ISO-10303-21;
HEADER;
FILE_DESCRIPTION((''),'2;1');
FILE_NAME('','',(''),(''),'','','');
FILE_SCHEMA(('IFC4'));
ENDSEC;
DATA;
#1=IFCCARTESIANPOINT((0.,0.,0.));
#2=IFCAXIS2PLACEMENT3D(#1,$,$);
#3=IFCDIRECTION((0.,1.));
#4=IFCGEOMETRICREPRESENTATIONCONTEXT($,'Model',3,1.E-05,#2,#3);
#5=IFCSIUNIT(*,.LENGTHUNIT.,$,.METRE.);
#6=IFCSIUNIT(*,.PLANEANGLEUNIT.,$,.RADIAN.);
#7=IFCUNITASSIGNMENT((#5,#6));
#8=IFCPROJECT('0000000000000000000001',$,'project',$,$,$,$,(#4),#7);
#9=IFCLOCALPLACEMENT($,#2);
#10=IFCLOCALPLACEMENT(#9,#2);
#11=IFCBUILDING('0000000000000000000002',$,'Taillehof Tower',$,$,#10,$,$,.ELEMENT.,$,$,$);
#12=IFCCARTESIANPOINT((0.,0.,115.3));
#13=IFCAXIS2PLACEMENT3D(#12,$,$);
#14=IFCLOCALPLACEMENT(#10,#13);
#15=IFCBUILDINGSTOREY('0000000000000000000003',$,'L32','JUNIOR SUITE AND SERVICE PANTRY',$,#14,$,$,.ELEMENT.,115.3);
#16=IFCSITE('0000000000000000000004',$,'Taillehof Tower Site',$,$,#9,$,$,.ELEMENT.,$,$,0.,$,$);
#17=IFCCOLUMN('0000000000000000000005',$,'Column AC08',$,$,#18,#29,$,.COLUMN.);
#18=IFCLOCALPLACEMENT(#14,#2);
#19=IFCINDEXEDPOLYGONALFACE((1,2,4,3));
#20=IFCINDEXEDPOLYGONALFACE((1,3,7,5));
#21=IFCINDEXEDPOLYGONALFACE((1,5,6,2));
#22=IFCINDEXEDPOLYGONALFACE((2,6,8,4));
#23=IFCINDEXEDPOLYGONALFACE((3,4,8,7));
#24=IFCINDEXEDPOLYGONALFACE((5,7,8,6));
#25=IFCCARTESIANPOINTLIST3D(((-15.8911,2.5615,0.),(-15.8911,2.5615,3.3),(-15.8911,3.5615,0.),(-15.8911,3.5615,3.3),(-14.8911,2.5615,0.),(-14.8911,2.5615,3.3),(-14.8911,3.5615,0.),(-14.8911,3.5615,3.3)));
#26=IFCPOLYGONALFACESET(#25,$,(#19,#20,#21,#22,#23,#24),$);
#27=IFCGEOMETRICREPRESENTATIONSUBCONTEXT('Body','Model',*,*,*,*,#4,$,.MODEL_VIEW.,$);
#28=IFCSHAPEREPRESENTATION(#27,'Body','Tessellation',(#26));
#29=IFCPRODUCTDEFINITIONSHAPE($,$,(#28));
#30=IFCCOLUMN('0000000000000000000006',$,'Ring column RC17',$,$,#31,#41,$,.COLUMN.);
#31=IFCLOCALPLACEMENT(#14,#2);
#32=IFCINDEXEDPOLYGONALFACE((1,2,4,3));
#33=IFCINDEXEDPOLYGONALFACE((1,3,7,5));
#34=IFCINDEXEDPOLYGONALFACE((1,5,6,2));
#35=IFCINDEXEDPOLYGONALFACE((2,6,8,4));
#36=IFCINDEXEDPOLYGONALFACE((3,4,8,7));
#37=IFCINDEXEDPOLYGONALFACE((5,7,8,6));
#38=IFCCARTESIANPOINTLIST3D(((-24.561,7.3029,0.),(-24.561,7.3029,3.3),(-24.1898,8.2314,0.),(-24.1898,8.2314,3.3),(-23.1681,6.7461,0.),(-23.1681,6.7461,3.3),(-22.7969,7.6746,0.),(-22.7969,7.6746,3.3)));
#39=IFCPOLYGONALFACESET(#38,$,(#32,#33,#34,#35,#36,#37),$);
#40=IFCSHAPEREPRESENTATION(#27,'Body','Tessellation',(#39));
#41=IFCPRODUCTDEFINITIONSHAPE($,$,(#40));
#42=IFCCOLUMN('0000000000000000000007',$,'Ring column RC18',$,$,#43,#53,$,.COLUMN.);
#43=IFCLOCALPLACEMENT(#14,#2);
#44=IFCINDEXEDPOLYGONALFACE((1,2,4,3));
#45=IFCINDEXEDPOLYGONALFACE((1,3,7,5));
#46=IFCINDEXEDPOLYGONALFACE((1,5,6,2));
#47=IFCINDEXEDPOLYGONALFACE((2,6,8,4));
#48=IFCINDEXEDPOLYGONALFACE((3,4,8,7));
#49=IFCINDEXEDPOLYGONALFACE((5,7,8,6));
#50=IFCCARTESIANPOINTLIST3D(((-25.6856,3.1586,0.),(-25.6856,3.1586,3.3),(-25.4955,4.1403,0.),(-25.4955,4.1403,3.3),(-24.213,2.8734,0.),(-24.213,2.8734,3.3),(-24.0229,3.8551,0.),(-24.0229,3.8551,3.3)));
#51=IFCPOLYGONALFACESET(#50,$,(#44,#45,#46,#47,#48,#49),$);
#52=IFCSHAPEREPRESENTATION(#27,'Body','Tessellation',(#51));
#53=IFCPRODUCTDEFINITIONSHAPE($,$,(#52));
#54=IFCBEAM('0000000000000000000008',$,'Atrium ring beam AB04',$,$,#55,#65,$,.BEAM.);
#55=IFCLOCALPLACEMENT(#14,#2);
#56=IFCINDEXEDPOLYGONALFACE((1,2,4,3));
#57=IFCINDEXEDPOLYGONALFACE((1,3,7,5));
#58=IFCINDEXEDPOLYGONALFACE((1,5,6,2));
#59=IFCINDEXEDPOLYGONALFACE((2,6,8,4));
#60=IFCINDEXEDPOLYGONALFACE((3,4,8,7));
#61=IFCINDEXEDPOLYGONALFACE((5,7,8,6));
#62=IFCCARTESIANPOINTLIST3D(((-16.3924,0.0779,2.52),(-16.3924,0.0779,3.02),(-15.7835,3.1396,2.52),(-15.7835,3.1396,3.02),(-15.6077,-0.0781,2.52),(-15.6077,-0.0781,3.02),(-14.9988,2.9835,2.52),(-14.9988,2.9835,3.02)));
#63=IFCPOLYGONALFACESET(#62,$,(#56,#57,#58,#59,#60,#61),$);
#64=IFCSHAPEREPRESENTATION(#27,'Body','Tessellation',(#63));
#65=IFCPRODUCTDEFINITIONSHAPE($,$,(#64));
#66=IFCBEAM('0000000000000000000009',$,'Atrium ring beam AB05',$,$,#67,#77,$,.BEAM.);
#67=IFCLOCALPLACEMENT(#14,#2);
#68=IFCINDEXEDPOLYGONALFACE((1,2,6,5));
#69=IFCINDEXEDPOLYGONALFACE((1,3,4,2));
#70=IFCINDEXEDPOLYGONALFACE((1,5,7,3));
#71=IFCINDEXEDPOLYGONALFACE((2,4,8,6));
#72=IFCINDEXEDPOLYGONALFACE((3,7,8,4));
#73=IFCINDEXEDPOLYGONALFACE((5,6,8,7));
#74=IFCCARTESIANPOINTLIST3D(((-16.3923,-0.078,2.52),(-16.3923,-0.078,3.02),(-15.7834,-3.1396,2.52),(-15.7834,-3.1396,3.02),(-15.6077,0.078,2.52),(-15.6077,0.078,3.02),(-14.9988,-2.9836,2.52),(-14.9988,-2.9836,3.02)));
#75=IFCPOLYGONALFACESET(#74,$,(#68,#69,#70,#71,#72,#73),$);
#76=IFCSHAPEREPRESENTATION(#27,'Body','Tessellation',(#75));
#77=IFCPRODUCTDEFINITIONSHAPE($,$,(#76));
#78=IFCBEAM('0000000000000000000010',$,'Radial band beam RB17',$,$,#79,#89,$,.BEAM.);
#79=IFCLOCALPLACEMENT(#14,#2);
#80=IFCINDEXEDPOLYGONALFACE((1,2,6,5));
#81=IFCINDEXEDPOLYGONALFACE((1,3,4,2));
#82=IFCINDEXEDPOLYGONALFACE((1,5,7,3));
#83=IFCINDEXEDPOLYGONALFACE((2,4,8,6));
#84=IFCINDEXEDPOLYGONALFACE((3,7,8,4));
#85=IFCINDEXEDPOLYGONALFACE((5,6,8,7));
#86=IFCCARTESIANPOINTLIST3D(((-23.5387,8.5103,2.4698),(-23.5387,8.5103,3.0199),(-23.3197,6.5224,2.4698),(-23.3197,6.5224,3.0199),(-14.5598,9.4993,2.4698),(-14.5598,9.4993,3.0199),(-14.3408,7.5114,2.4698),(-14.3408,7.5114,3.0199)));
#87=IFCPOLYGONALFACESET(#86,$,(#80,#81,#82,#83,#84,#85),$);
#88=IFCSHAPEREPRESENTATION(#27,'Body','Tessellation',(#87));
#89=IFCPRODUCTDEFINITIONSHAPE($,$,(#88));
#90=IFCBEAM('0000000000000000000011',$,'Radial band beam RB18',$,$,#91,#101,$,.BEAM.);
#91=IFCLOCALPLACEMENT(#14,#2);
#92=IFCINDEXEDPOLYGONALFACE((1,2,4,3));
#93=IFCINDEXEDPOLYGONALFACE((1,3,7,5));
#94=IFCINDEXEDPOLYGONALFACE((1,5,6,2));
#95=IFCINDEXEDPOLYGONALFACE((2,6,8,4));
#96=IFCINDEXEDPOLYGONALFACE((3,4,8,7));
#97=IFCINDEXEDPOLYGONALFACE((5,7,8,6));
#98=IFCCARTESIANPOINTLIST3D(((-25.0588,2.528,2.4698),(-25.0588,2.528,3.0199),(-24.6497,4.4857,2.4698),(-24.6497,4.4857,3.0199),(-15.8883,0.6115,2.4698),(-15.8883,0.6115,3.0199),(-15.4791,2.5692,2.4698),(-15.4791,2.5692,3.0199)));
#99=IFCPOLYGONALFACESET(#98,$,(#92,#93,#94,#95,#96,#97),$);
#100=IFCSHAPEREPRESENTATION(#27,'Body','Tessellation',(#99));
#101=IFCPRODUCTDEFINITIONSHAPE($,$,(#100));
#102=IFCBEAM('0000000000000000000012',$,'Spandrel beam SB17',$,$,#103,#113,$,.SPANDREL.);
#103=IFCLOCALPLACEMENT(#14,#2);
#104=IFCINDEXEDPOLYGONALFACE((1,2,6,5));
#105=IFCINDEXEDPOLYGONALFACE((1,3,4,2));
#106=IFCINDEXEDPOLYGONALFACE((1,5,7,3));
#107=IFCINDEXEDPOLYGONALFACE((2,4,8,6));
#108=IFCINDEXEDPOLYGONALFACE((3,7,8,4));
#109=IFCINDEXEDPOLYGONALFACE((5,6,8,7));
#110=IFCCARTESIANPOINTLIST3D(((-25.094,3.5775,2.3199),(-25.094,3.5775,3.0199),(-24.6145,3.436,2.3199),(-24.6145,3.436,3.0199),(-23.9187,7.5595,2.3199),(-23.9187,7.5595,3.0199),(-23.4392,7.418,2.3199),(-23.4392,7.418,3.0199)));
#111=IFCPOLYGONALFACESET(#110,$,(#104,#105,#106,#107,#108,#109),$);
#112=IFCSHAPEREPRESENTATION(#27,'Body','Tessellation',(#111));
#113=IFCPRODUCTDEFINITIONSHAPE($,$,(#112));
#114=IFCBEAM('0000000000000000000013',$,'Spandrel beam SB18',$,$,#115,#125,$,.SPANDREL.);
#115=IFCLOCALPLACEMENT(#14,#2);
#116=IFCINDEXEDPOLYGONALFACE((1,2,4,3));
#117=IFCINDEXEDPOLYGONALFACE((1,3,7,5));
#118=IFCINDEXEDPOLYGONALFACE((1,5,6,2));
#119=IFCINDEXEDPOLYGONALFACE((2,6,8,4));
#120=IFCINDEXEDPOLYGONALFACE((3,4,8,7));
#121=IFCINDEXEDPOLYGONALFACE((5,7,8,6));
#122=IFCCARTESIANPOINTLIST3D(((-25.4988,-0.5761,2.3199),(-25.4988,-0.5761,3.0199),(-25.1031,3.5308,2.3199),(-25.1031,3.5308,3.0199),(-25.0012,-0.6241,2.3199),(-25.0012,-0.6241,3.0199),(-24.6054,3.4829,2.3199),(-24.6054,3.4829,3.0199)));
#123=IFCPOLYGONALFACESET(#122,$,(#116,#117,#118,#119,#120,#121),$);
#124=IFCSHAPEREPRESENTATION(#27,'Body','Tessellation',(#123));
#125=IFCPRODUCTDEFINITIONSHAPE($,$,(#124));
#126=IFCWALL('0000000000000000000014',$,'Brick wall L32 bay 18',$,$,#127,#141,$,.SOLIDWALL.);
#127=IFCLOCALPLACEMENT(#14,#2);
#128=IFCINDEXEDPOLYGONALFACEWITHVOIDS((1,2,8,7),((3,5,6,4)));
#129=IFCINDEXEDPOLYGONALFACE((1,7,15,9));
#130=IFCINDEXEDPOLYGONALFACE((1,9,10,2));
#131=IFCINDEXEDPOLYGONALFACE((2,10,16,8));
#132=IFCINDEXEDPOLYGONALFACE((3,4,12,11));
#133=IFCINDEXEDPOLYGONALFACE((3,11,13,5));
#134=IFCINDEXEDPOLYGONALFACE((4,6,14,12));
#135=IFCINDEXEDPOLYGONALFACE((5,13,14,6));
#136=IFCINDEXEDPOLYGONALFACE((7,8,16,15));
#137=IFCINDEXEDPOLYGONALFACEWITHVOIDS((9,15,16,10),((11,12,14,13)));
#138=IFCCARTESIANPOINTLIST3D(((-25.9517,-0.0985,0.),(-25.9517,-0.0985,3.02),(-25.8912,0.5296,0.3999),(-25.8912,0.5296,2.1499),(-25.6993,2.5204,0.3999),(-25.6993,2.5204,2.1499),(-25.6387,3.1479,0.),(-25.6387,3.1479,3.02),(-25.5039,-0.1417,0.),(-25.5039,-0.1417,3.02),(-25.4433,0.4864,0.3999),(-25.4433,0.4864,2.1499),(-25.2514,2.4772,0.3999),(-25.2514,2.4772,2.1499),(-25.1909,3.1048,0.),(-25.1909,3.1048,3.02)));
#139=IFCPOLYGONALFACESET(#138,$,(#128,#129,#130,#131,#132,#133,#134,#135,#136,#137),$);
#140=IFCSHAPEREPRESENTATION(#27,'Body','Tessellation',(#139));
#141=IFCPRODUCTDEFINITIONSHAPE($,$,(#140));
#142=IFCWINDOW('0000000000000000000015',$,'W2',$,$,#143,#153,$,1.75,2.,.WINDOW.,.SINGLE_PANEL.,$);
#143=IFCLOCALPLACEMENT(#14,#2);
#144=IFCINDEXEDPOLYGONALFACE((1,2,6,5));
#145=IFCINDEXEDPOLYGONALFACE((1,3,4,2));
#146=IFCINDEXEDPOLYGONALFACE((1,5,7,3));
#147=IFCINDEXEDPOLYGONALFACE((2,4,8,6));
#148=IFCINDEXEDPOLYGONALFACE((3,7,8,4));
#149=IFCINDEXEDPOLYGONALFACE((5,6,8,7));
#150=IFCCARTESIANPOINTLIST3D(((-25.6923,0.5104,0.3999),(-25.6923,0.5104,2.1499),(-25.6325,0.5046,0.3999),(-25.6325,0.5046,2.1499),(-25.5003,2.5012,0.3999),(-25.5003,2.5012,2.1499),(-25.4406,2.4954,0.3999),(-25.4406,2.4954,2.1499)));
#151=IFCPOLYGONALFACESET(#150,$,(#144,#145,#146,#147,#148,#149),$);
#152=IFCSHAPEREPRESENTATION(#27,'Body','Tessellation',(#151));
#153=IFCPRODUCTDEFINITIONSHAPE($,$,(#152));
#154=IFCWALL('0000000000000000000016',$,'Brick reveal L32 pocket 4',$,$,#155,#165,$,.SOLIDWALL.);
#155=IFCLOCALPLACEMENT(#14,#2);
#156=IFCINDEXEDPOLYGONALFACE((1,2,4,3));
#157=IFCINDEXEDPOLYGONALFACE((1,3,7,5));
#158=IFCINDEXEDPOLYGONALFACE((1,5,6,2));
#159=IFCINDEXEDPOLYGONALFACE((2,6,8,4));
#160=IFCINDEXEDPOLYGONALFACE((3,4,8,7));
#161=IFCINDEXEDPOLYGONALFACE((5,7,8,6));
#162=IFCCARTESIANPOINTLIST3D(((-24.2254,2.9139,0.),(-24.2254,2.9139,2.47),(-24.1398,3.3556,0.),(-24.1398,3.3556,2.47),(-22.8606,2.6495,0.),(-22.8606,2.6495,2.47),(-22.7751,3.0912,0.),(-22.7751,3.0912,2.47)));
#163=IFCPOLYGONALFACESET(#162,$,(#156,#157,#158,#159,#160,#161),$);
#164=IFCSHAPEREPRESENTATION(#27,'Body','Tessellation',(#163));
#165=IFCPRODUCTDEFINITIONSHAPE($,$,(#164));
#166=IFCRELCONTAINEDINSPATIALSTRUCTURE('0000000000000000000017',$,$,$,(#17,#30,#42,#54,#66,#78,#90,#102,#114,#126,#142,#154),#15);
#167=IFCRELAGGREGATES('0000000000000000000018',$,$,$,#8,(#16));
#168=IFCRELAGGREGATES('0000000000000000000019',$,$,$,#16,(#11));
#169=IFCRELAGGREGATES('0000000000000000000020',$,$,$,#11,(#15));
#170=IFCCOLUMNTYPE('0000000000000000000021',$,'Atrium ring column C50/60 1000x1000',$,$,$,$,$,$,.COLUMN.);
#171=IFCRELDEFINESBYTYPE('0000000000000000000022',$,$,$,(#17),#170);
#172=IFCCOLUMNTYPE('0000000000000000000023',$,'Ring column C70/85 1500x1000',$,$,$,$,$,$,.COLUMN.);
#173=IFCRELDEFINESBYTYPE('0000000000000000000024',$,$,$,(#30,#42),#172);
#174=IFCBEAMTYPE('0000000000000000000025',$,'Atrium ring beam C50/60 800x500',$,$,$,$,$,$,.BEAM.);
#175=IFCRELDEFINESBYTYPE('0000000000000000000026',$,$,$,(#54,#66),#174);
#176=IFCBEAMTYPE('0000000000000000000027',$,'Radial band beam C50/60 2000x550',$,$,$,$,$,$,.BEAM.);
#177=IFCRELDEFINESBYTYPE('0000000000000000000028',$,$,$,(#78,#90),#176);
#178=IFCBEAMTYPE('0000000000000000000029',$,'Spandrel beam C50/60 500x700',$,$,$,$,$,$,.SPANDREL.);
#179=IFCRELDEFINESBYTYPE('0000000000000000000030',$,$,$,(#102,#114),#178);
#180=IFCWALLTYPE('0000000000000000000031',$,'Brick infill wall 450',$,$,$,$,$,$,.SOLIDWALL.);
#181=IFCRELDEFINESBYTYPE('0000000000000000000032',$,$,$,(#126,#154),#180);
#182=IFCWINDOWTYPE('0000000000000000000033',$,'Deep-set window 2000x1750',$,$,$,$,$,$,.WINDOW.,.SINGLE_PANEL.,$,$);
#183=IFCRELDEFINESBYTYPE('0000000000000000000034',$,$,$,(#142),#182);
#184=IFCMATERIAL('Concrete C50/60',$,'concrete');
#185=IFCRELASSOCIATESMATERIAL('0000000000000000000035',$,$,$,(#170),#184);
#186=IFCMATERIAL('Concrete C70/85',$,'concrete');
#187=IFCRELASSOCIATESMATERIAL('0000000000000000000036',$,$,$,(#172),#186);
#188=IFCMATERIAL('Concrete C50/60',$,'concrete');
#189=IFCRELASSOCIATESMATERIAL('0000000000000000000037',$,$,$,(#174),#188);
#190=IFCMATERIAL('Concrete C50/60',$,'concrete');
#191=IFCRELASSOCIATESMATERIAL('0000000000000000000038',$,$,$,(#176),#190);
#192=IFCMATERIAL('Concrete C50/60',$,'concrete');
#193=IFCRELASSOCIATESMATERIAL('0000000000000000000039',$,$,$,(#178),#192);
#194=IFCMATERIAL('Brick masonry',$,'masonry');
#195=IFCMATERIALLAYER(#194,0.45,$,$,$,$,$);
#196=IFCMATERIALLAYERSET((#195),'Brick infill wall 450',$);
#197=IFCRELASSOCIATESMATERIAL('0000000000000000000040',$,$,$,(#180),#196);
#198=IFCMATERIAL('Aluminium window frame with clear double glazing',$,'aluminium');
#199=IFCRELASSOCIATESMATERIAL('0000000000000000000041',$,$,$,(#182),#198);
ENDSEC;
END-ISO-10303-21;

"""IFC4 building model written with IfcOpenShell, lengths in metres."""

from ifc_helpers import new_model, si_unit, direction, frame, frame_2d, origin, origin_2d, place, context, subcontext, project, spatial, rectangle, extrude, material, layer, layer_set, material_profile, profile_set, type_object, element, fill, save


model = new_model("IFC4")

# Units and contexts
model_context = context("Model", 3, precision=1e-05, world=origin(), true_north=direction((0.0, 1.0)))
body_context = subcontext(model_context, "Body", "Model", "MODEL_VIEW")
ifc_project = project(units=[si_unit("LENGTHUNIT", "METRE"), si_unit("PLANEANGLEUNIT", "RADIAN")], contexts=[model_context])

# Site, building, storey
site_placement = place(None, origin())
site = spatial("IfcSite", under=ifc_project, at=site_placement, Name="Taillehof Tower Site", CompositionType="ELEMENT", RefElevation=0.0)
building_placement = place(site_placement, origin())
building = spatial("IfcBuilding", under=site, at=building_placement, Name="Taillehof Tower", CompositionType="ELEMENT")
storey_placement = place(building_placement, frame((0.0, 0.0, 115.3)))
storey = spatial("IfcBuildingStorey", under=building, at=storey_placement, Name="L32", Description="JUNIOR SUITE AND SERVICE PANTRY", CompositionType="ELEMENT", Elevation=115.3)

# Columns
ifc_material_1 = material(Name="Concrete C50/60", Category="concrete")
ifc_material_profile_1 = material_profile(ifc_material_1, rectangle(XDim=1.0, YDim=1.0, at=origin_2d()), Name="RC 1000x1000")
ifc_profile_set_1 = profile_set([ifc_material_profile_1], Name="Concrete C50/60")
column_type_1 = type_object("IfcColumnType", Name="Atrium ring column C50/60 1000x1000", PredefinedType="COLUMN", material=ifc_profile_set_1)
column_placement = place(storey_placement, frame((-15.3911, 3.0615, 0.0), z_axis=(0.0, 0.0, 1.0), x_axis=(1.0, 0.0, 0.0)))
element("IfcColumn", 1, at=column_placement, inside=storey, type_object=column_type_1, Name="Column AC08", PredefinedType="COLUMN", context=body_context, shape_type="SweptSolid", body=[
    extrude(rectangle(XDim=1.0, YDim=1.0, at=origin_2d()), origin(), (0.0, 0.0, 1.0), 3.3),
])
ifc_material_2 = material(Name="Concrete C70/85", Category="concrete")
ifc_material_profile_2 = material_profile(ifc_material_2, rectangle(XDim=1.5, YDim=1.0, at=origin_2d()), Name="RC 1500x1000")
ifc_profile_set_2 = profile_set([ifc_material_profile_2], Name="Concrete C70/85")
column_type_2 = type_object("IfcColumnType", Name="Ring column C70/85 1500x1000", PredefinedType="COLUMN", material=ifc_profile_set_2)
for number, where, z_axis, x_axis, name in (
    (2, (-23.679, 7.4888, 0.0), (0.0, 0.0, 1.0), (-0.92855, 0.371207, 0.0), "Ring column RC17"),
    (3, (-24.8542, 3.5068, 0.0), (0.0, 0.0, 1.0), (-0.981757, 0.190138, 0.0), "Ring column RC18"),
):
    element("IfcColumn", number, at=place(storey_placement, frame(where, z_axis=z_axis, x_axis=x_axis)), inside=storey, type_object=column_type_2, Name=name, PredefinedType="COLUMN", context=body_context, shape_type="SweptSolid", body=[
        extrude(rectangle(XDim=1.5, YDim=1.0, at=origin_2d()), origin(), (0.0, 0.0, 1.0), 3.3),
    ])

# Beams
ifc_material_3 = material(Name="Concrete C50/60", Category="concrete")
ifc_material_profile_3 = material_profile(ifc_material_3, rectangle(XDim=0.8, YDim=0.5, at=origin_2d()), Name="RC 800x500")
ifc_profile_set_3 = profile_set([ifc_material_profile_3], Name="Concrete C50/60")
beam_type_1 = type_object("IfcBeamType", Name="Atrium ring beam C50/60 800x500", PredefinedType="BEAM", material=ifc_profile_set_3)
for number, where, z_axis, x_axis, name in (
    (4, (-15.3911, 3.0615, 2.77), (-0.195063, -0.980791, 0.0), (0.980791, -0.195063, 0.0), "Atrium ring beam AB04"),
    (5, (-16.0, 0.0, 2.77), (0.195063, -0.980791, 0.0), (0.980791, 0.195063, 0.0), "Atrium ring beam AB05"),
):
    element("IfcBeam", number, at=place(storey_placement, frame(where, z_axis=z_axis, x_axis=x_axis)), inside=storey, type_object=beam_type_1, Name=name, PredefinedType="BEAM", context=body_context, shape_type="SweptSolid", body=[
        extrude(rectangle(XDim=0.8, YDim=0.5, at=origin_2d()), origin(), (0.0, 0.0, 1.0), 3.1216),
    ])
ifc_material_4 = material(Name="Concrete C50/60", Category="concrete")
ifc_material_profile_4 = material_profile(ifc_material_4, rectangle(XDim=2.0, YDim=0.55, at=origin_2d()), Name="RC 2000x550")
ifc_profile_set_4 = profile_set([ifc_material_profile_4], Name="Concrete C50/60")
beam_type_2 = type_object("IfcBeamType", Name="Radial band beam C50/60 2000x550", PredefinedType="BEAM", material=ifc_profile_set_4)
beam_1_placement = place(storey_placement, frame((-23.4292, 7.5164, 2.7449), z_axis=(0.993988, 0.109485, 0.0), x_axis=(-0.109485, 0.993988, 0.0)))
element("IfcBeam", 6, at=beam_1_placement, inside=storey, type_object=beam_type_2, Name="Radial band beam RB17", PredefinedType="BEAM", context=body_context, shape_type="SweptSolid", body=[
    extrude(rectangle(XDim=2.0, YDim=0.55, at=origin_2d()), origin(), (0.0, 0.0, 1.0), 9.0332),
])
beam_2_placement = place(storey_placement, frame((-24.8542, 3.5068, 2.7449), z_axis=(0.978853, -0.204563, 0.0), x_axis=(0.204563, 0.978853, 0.0)))
element("IfcBeam", 7, at=beam_2_placement, inside=storey, type_object=beam_type_2, Name="Radial band beam RB18", PredefinedType="BEAM", context=body_context, shape_type="SweptSolid", body=[
    extrude(rectangle(XDim=2.0, YDim=0.55, at=origin_2d()), origin(), (0.0, 0.0, 1.0), 9.3687),
])
ifc_material_5 = material(Name="Concrete C50/60", Category="concrete")
ifc_material_profile_5 = material_profile(ifc_material_5, rectangle(XDim=0.5, YDim=0.7, at=origin_2d()), Name="RC 500x700")
ifc_profile_set_5 = profile_set([ifc_material_profile_5], Name="Concrete C50/60")
beam_type_3 = type_object("IfcBeamType", Name="Spandrel beam C50/60 500x700", PredefinedType="SPANDREL", material=ifc_profile_set_5)
beam_3_placement = place(storey_placement, frame((-23.679, 7.4888, 2.6699), z_axis=(-0.283083, -0.959095, 0.0), x_axis=(0.959095, -0.283083, 0.0)))
element("IfcBeam", 8, at=beam_3_placement, inside=storey, type_object=beam_type_3, Name="Spandrel beam SB17", PredefinedType="SPANDREL", context=body_context, shape_type="SweptSolid", body=[
    extrude(rectangle(XDim=0.5, YDim=0.7, at=origin_2d()), origin(), (0.0, 0.0, 1.0), 4.1519),
])
beam_4_placement = place(storey_placement, frame((-24.8542, 3.5068, 2.6699), z_axis=(-0.095918, -0.995389, 0.0), x_axis=(0.995389, -0.095918, 0.0)))
element("IfcBeam", 9, at=beam_4_placement, inside=storey, type_object=beam_type_3, Name="Spandrel beam SB18", PredefinedType="SPANDREL", context=body_context, shape_type="SweptSolid", body=[
    extrude(rectangle(XDim=0.5, YDim=0.7, at=origin_2d()), origin(), (0.0, 0.0, 1.0), 4.126),
])

# Wall, opening, window
ifc_material_6 = material(Name="Brick masonry", Category="masonry")
ifc_layer_1 = layer(ifc_material_6, 0.45)
ifc_layer_set_1 = layer_set([ifc_layer_1], Name="Brick infill wall 450")
wall_type_1 = type_object("IfcWallType", Name="Brick infill wall 450", PredefinedType="SOLIDWALL", material=ifc_layer_set_1)
wall_1_placement = place(storey_placement, frame((-25.4148, 3.1265, 0.0), z_axis=(0.0, 0.0, 1.0), x_axis=(-0.095968, -0.995384, 0.0)))
wall_1 = element("IfcWall", 10, at=wall_1_placement, inside=storey, type_object=wall_type_1, Name="Brick wall L32 bay 18", PredefinedType="SOLIDWALL", context=body_context, shape_type="SweptSolid", body=[
    extrude(rectangle(XDim=3.2615, YDim=0.45, at=frame_2d((1.6309, 0.0))), origin(), (0.0, 0.0, 1.0), 3.02),
])
opening_1_placement = place(wall_1_placement, frame((0.6306, 0.0, 0.3999)))
opening_1 = element("IfcOpeningElement", 11, at=opening_1_placement, cuts=wall_1, PredefinedType="OPENING", context=body_context, shape_type="SweptSolid", body=[
    extrude(rectangle(XDim=2.0, YDim=1.75, at=frame_2d((1.0, 0.875))), frame((0.0, 0.2349, 0.0), z_axis=(0.0, -1.0, 0.0), x_axis=(1.0, 0.0, 0.0)), (0.0, 0.0, 1.0), 0.47),
])
ifc_material_7 = material(Name="Aluminium window frame with clear double glazing", Category="aluminium")
window_type_1 = type_object("IfcWindowType", Name="Deep-set window 2000x1750", PartitioningType="SINGLE_PANEL", PredefinedType="WINDOW", material=ifc_material_7)
window_1_placement = place(opening_1_placement, origin())
window_1 = element("IfcWindow", 12, at=window_1_placement, inside=storey, type_object=window_type_1, Name="W2", OverallHeight=1.75, OverallWidth=2.0, PartitioningType="SINGLE_PANEL", PredefinedType="WINDOW", context=body_context, shape_type="SweptSolid", body=[
    extrude(rectangle(XDim=2.0, YDim=1.75, at=frame_2d((1.0, 0.875))), frame((0.0, 0.0349, 0.0), z_axis=(0.0, -1.0, 0.0), x_axis=(1.0, 0.0, 0.0)), (0.0, 0.0, 1.0), 0.0601),
])
fill(opening_1, window_1)

# Wall
wall_2_placement = place(storey_placement, frame((-24.1826, 3.1348, 0.0), z_axis=(0.0, 0.0, 1.0), x_axis=(0.981745, -0.190202, 0.0)))
element("IfcWall", 13, at=wall_2_placement, inside=storey, type_object=wall_type_1, Name="Brick reveal L32 pocket 4", PredefinedType="SOLIDWALL", context=body_context, shape_type="SweptSolid", body=[
    extrude(rectangle(XDim=1.3901, YDim=0.45, at=frame_2d((0.6951, 0.0))), origin(), (0.0, 0.0, 1.0), 2.47),
])

save(model, "model.ifc")
